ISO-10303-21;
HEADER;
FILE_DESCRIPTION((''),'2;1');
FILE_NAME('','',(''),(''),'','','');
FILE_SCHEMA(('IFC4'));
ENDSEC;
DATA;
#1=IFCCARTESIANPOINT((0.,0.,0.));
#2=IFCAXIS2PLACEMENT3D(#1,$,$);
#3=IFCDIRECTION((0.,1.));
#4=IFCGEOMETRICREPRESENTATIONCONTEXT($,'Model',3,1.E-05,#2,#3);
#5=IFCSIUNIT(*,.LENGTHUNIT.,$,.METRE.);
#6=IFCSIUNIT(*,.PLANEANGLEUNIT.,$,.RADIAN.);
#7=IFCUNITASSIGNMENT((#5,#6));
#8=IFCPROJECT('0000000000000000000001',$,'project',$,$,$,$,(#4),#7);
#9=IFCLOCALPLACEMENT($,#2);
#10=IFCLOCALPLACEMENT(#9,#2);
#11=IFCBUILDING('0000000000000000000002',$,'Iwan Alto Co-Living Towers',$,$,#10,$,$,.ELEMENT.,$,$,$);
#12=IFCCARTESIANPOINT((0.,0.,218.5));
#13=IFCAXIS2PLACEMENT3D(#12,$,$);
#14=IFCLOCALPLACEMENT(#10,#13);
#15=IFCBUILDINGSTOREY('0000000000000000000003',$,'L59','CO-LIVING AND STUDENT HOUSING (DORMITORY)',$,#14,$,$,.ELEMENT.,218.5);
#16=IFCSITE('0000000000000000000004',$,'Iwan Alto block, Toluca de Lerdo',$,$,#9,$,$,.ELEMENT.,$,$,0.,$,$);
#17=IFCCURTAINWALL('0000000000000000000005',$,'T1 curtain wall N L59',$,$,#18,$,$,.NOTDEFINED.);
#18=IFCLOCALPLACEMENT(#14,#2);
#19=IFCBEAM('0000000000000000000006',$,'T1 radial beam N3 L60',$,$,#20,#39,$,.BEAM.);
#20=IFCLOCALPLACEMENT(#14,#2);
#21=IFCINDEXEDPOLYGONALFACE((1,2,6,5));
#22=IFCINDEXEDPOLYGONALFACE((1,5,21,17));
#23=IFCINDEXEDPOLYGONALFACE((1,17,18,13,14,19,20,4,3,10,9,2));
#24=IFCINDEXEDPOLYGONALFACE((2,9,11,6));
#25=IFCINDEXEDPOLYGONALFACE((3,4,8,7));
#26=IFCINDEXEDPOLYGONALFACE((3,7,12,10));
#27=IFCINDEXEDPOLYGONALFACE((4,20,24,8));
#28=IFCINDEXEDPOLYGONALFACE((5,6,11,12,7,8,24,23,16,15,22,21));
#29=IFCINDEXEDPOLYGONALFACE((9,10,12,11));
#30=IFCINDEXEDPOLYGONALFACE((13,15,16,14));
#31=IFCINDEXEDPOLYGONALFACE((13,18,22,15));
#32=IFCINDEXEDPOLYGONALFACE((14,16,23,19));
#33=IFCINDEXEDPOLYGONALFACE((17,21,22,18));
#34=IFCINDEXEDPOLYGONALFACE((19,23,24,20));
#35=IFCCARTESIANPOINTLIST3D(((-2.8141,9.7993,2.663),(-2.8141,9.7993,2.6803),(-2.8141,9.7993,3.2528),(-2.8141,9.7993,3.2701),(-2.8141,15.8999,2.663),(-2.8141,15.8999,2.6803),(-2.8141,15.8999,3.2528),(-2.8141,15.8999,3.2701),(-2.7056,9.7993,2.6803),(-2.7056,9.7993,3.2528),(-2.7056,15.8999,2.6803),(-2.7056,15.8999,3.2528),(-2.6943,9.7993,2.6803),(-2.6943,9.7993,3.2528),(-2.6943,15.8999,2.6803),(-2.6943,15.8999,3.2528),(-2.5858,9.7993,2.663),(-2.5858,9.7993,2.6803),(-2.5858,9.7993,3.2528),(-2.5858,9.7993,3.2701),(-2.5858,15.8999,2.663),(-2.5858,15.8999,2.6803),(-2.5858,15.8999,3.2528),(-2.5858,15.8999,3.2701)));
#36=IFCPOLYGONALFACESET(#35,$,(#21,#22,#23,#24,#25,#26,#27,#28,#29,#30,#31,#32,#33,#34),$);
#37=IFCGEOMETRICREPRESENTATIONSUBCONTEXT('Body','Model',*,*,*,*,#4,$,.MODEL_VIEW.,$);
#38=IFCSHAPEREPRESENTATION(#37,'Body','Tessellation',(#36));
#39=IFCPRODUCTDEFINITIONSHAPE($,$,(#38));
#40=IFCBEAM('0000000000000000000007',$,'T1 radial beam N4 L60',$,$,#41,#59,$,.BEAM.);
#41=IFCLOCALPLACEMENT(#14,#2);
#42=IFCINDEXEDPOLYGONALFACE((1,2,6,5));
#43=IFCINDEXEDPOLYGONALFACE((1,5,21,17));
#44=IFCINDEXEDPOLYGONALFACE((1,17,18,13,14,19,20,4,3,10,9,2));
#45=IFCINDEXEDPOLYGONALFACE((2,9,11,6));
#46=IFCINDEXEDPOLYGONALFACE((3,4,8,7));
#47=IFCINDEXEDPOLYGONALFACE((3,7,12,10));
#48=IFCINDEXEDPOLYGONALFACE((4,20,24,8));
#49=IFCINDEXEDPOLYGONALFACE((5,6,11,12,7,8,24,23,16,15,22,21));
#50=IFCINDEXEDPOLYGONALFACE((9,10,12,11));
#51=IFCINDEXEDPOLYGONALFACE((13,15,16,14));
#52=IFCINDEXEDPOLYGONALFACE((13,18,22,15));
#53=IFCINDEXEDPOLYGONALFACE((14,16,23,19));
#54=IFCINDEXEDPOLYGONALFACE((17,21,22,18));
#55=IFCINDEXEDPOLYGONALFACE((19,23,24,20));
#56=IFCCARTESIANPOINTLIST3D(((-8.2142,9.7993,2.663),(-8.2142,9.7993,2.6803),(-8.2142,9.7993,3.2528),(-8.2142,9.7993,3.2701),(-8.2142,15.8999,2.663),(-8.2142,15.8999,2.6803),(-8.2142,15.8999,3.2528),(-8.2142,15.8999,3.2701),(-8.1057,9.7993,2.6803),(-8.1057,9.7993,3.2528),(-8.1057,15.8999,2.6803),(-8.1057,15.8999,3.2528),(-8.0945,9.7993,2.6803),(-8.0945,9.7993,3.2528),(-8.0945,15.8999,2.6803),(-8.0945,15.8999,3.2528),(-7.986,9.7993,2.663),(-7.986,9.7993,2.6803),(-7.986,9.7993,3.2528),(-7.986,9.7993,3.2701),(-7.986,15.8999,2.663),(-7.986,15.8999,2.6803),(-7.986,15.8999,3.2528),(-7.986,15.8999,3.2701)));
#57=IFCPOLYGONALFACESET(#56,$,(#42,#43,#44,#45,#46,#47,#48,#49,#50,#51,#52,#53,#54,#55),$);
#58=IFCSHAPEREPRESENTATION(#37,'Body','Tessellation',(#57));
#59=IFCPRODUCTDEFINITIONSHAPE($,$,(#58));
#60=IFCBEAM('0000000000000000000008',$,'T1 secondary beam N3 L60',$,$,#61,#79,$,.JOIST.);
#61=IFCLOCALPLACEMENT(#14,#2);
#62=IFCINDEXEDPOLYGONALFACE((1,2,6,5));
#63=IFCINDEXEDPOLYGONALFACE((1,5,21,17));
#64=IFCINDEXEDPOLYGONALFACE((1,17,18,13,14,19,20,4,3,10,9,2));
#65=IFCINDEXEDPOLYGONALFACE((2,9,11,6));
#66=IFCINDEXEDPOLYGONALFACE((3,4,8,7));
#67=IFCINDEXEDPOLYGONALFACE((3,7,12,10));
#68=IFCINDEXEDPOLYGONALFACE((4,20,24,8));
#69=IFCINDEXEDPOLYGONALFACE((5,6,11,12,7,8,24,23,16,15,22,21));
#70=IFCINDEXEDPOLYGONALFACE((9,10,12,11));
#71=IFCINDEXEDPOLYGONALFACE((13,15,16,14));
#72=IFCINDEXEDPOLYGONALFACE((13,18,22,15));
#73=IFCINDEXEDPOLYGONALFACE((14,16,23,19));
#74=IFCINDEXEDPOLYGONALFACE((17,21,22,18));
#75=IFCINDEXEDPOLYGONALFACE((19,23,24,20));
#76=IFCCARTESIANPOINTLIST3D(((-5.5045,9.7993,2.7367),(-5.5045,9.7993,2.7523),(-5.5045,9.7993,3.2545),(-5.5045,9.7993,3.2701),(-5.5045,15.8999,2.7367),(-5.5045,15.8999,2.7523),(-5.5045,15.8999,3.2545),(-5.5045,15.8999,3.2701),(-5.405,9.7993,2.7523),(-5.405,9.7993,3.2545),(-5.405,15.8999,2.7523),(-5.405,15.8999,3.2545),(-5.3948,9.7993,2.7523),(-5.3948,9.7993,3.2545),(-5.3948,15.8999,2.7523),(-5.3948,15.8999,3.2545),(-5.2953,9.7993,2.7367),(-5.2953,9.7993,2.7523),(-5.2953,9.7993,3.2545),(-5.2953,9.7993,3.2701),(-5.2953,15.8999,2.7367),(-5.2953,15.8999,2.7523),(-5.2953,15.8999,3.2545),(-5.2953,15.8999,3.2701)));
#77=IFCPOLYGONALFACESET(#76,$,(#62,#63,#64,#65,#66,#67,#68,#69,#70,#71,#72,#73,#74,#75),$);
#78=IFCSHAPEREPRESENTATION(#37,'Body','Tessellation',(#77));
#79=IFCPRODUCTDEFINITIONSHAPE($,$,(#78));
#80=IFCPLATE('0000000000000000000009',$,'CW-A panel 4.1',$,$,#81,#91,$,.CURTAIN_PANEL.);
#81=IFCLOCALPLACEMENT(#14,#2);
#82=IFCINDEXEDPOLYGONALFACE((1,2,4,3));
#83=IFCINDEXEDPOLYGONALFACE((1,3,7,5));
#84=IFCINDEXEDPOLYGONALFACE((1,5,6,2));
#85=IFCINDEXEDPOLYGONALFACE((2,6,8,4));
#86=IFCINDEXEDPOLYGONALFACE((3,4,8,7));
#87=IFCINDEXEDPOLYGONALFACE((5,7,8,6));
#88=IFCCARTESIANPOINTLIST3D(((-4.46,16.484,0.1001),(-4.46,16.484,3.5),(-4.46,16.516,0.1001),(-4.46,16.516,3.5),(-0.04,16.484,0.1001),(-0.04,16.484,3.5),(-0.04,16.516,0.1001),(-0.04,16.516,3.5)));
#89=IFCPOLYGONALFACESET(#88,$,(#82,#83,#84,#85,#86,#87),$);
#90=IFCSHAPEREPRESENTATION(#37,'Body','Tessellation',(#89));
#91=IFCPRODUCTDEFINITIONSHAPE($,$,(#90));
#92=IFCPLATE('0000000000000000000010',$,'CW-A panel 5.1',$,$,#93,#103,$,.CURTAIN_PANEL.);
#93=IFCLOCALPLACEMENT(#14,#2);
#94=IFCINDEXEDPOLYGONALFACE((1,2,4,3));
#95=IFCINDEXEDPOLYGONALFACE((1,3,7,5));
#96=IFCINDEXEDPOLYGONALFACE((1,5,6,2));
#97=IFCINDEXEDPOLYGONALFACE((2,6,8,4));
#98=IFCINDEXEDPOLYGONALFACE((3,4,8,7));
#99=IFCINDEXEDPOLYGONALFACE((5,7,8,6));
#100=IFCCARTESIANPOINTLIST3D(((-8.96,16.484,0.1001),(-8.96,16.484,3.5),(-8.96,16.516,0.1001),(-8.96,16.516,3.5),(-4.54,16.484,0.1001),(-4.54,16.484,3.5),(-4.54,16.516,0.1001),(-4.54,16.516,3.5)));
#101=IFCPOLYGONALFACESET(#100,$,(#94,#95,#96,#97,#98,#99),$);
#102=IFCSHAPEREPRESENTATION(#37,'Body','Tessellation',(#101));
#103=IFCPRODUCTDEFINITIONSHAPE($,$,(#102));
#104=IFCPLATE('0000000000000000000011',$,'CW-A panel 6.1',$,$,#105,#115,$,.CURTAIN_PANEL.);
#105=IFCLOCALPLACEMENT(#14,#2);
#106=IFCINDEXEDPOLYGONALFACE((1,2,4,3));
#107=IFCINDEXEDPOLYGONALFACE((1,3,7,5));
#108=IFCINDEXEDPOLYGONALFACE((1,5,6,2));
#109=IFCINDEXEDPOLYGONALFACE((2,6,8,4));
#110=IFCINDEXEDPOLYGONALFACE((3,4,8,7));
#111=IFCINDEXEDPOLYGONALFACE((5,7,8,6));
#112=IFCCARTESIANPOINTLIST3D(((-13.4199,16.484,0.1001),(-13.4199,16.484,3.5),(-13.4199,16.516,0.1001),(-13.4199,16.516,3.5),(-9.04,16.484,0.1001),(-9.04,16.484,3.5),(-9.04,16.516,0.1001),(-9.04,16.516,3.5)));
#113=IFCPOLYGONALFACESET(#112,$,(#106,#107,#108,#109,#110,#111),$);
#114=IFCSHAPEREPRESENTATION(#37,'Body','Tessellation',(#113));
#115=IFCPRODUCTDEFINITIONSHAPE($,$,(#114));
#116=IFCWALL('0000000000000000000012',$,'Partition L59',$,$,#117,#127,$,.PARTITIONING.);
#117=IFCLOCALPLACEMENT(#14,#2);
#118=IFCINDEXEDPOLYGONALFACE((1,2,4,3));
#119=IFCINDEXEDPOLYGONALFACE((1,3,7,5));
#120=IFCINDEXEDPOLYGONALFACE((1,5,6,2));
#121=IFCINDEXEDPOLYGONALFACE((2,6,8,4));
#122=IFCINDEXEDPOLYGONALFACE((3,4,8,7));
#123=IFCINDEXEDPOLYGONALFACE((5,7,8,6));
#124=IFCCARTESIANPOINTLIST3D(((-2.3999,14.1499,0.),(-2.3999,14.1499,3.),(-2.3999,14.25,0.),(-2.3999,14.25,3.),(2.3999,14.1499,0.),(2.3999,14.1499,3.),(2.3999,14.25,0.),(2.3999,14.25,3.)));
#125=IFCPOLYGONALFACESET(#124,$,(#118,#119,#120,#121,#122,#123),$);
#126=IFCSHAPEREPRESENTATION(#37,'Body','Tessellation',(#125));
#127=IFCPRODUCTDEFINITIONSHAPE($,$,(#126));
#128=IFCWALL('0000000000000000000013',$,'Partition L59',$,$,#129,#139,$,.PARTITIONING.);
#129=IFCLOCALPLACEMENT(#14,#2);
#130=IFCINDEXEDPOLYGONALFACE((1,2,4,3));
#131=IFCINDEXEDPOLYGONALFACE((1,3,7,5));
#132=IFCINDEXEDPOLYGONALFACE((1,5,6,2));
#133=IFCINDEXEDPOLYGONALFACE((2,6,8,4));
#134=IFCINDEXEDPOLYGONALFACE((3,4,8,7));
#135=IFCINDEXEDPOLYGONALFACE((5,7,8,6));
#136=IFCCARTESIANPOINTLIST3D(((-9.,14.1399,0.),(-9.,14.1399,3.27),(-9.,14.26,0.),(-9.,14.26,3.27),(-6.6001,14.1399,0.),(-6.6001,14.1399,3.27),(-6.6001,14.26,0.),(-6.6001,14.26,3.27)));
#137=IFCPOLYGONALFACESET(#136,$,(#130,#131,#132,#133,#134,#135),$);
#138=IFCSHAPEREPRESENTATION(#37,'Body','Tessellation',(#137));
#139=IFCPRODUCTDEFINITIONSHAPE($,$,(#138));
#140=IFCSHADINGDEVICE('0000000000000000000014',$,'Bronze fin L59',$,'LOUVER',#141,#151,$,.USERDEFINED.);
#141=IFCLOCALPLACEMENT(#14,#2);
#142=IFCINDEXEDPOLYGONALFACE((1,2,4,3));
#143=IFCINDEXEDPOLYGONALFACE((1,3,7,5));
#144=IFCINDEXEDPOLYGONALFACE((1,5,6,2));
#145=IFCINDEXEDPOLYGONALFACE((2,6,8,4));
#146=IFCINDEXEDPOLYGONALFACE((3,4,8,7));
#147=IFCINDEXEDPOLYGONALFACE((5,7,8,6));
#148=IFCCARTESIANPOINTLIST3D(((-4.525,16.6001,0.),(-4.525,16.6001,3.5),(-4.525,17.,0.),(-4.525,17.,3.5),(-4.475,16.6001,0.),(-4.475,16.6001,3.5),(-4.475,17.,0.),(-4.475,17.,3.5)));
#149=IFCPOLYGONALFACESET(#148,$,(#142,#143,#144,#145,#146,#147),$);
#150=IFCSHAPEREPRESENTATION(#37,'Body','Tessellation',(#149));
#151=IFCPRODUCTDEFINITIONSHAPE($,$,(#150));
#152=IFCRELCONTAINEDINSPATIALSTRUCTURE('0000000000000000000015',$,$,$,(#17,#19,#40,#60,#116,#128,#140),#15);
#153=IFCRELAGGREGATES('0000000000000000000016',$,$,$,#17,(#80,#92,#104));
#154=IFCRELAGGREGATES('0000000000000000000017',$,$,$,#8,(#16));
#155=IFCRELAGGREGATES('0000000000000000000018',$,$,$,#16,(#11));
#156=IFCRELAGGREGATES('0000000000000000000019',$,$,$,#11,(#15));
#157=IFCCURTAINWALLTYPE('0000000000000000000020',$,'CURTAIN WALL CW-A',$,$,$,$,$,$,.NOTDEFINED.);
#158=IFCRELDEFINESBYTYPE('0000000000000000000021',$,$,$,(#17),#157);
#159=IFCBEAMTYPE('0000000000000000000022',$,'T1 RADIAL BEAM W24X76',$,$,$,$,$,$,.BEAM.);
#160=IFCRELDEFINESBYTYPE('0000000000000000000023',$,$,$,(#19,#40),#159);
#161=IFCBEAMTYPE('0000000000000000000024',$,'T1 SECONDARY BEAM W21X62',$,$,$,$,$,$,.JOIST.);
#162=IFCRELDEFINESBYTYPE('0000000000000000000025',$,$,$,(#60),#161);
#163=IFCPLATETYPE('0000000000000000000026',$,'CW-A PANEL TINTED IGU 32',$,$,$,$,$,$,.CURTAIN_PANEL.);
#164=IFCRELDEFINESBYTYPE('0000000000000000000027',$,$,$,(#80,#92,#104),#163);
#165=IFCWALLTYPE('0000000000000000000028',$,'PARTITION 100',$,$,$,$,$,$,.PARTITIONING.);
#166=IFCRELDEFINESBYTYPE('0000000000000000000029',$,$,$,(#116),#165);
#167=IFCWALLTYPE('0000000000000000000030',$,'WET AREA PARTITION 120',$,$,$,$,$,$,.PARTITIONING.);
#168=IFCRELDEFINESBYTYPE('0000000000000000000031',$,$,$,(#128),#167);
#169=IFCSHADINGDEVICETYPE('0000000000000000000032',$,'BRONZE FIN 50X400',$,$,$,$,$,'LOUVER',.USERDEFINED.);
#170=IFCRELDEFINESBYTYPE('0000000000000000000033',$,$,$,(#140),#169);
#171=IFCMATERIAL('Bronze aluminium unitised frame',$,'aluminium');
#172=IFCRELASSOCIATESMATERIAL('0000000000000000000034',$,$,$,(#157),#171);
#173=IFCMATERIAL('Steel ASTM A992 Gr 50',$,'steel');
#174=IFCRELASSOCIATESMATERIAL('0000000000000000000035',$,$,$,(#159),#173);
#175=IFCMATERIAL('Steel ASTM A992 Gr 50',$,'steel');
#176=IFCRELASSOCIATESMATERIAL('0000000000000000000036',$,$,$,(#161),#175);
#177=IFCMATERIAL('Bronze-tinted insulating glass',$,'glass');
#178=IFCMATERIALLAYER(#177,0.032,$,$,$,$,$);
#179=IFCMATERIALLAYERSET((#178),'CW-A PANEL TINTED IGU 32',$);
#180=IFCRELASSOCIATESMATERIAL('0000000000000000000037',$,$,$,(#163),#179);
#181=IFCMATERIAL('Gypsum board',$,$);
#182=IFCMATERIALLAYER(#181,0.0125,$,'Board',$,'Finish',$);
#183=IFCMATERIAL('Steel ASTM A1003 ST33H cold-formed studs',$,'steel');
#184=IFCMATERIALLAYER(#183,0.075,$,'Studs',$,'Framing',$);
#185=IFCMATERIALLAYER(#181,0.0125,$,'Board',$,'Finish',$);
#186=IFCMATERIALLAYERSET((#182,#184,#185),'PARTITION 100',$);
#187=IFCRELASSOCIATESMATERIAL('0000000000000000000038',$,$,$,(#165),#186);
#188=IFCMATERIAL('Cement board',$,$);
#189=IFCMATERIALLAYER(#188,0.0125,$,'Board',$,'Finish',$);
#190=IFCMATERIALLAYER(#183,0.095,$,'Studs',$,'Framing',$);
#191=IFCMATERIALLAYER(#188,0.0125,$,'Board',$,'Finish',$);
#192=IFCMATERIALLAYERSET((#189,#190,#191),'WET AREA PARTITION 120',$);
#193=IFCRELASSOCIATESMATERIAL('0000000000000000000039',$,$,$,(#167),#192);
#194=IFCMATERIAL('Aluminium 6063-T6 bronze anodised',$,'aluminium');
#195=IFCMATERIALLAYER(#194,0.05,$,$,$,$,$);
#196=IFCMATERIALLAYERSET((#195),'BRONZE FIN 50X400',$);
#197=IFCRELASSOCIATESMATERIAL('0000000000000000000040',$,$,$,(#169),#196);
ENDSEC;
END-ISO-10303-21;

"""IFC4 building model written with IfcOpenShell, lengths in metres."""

from ifc_helpers import new_model, si_unit, direction, frame, frame_2d, origin, origin_2d, place, context, subcontext, project, spatial, rectangle, i_section, extrude, material, layer, layer_set, material_profile, profile_set, type_object, element, aggregate, save


model = new_model("IFC4")

# Units and contexts
model_context = context("Model", 3, precision=1e-05, world=origin(), true_north=direction((0.0, 1.0)))
body_context = subcontext(model_context, "Body", "Model", "MODEL_VIEW")
ifc_project = project(units=[si_unit("LENGTHUNIT", "METRE"), si_unit("PLANEANGLEUNIT", "RADIAN")], contexts=[model_context])

# Site, building, storey
site_placement = place(None, origin())
site = spatial("IfcSite", under=ifc_project, at=site_placement, Name="Iwan Alto block, Toluca de Lerdo", CompositionType="ELEMENT", RefElevation=0.0)
building_placement = place(site_placement, origin())
building = spatial("IfcBuilding", under=site, at=building_placement, Name="Iwan Alto Co-Living Towers", CompositionType="ELEMENT")
storey_placement = place(building_placement, frame((0.0, 0.0, 218.5)))
storey = spatial("IfcBuildingStorey", under=building, at=storey_placement, Name="L59", Description="CO-LIVING AND STUDENT HOUSING (DORMITORY)", CompositionType="ELEMENT", Elevation=218.5)

# Curtain wall
ifc_material_1 = material(Name="Bronze aluminium unitised frame", Category="aluminium")
curtain_wall_type = type_object("IfcCurtainWallType", Name="CURTAIN WALL CW-A", PredefinedType="NOTDEFINED", material=ifc_material_1)
curtain_wall_placement = place(storey_placement, origin())
curtain_wall = element("IfcCurtainWall", 1, at=curtain_wall_placement, inside=storey, type_object=curtain_wall_type, Name="T1 curtain wall N L59", PredefinedType="NOTDEFINED")

# Beams
ifc_material_2 = material(Name="Steel ASTM A992 Gr 50", Category="steel")
ifc_material_profile_1 = material_profile(ifc_material_2, i_section(OverallWidth=0.2283, OverallDepth=0.6072, WebThickness=0.0112, FlangeThickness=0.0173, at=origin_2d()), Name="W24X76")
ifc_profile_set_1 = profile_set([ifc_material_profile_1], Name="Steel ASTM A992 Gr 50")
beam_type_1 = type_object("IfcBeamType", Name="T1 RADIAL BEAM W24X76", PredefinedType="BEAM", material=ifc_profile_set_1)
for number, where, z_axis, x_axis, name in (
    (2, (-2.7, 15.8999, 2.9666), (0.0, -1.0, 0.0), (1.0, 0.0, 0.0), "T1 radial beam N3 L60"),
    (3, (-8.1001, 15.8999, 2.9666), (0.0, -1.0, 0.0), (1.0, 0.0, 0.0), "T1 radial beam N4 L60"),
):
    element("IfcBeam", number, at=place(storey_placement, frame(where, z_axis=z_axis, x_axis=x_axis)), inside=storey, type_object=beam_type_1, Name=name, PredefinedType="BEAM", context=body_context, shape_type="SweptSolid", body=[
        extrude(i_section(OverallWidth=0.2283, OverallDepth=0.6072, WebThickness=0.0112, FlangeThickness=0.0173, at=origin_2d()), origin(), (0.0, 0.0, 1.0), 6.1006),
    ])
ifc_material_3 = material(Name="Steel ASTM A992 Gr 50", Category="steel")
ifc_material_profile_2 = material_profile(ifc_material_3, i_section(OverallWidth=0.2092, OverallDepth=0.5334, WebThickness=0.0103, FlangeThickness=0.0156, at=origin_2d()), Name="W21X62")
ifc_profile_set_2 = profile_set([ifc_material_profile_2], Name="Steel ASTM A992 Gr 50")
beam_type_2 = type_object("IfcBeamType", Name="T1 SECONDARY BEAM W21X62", PredefinedType="JOIST", material=ifc_profile_set_2)
beam_1_placement = place(storey_placement, frame((-5.3999, 15.8999, 3.0034), z_axis=(0.0, -1.0, 0.0), x_axis=(1.0, 0.0, 0.0)))
element("IfcBeam", 4, at=beam_1_placement, inside=storey, type_object=beam_type_2, Name="T1 secondary beam N3 L60", PredefinedType="JOIST", context=body_context, shape_type="SweptSolid", body=[
    extrude(i_section(OverallWidth=0.2092, OverallDepth=0.5334, WebThickness=0.0103, FlangeThickness=0.0156, at=origin_2d()), origin(), (0.0, 0.0, 1.0), 6.1006),
])

# Plates
ifc_material_4 = material(Name="Bronze-tinted insulating glass", Category="glass")
ifc_layer_1 = layer(ifc_material_4, 0.032)
ifc_layer_set_1 = layer_set([ifc_layer_1], Name="CW-A PANEL TINTED IGU 32")
plate_type = type_object("IfcPlateType", Name="CW-A PANEL TINTED IGU 32", PredefinedType="CURTAIN_PANEL", material=ifc_layer_set_1)
plate_1_placement = place(storey_placement, frame((-2.25, 16.5, 0.1001), z_axis=(0.0, 0.0, 1.0), x_axis=(-1.0, 0.0, 0.0)))
plate_1 = element("IfcPlate", 5, at=plate_1_placement, type_object=plate_type, Name="CW-A panel 4.1", PredefinedType="CURTAIN_PANEL", context=body_context, shape_type="SweptSolid", body=[
    extrude(rectangle(XDim=4.4199, YDim=0.032, at=origin_2d()), origin(), (0.0, 0.0, 1.0), 3.3999),
])
plate_2_placement = place(storey_placement, frame((-6.75, 16.5, 0.1001), z_axis=(0.0, 0.0, 1.0), x_axis=(-1.0, 0.0, 0.0)))
plate_2 = element("IfcPlate", 6, at=plate_2_placement, type_object=plate_type, Name="CW-A panel 5.1", PredefinedType="CURTAIN_PANEL", context=body_context, shape_type="SweptSolid", body=[
    extrude(rectangle(XDim=4.4199, YDim=0.032, at=origin_2d()), origin(), (0.0, 0.0, 1.0), 3.3999),
])
plate_3_placement = place(storey_placement, frame((-11.23, 16.5, 0.1001), z_axis=(0.0, 0.0, 1.0), x_axis=(-1.0, 0.0, 0.0)))
plate_3 = element("IfcPlate", 7, at=plate_3_placement, type_object=plate_type, Name="CW-A panel 6.1", PredefinedType="CURTAIN_PANEL", context=body_context, shape_type="SweptSolid", body=[
    extrude(rectangle(XDim=4.3799, YDim=0.032, at=origin_2d()), origin(), (0.0, 0.0, 1.0), 3.3999),
])
aggregate(curtain_wall, [plate_1, plate_2, plate_3])

# Walls
ifc_material_5 = material(Name="Gypsum board")
ifc_layer_2 = layer(ifc_material_5, 0.0125, Name="Board", Category="Finish")
ifc_material_6 = material(Name="Steel ASTM A1003 ST33H cold-formed studs", Category="steel")
ifc_layer_3 = layer(ifc_material_6, 0.075, Name="Studs", Category="Framing")
ifc_layer_4 = layer(ifc_material_5, 0.0125, Name="Board", Category="Finish")
ifc_layer_set_2 = layer_set([ifc_layer_2, ifc_layer_3, ifc_layer_4], Name="PARTITION 100")
wall_type_1 = type_object("IfcWallType", Name="PARTITION 100", PredefinedType="PARTITIONING", material=ifc_layer_set_2)
wall_1_placement = place(storey_placement, frame((-2.3999, 14.2, 0.0), z_axis=(0.0, 0.0, 1.0), x_axis=(1.0, 0.0, 0.0)))
element("IfcWall", 8, at=wall_1_placement, inside=storey, type_object=wall_type_1, Name="Partition L59", PredefinedType="PARTITIONING", context=body_context, shape_type="SweptSolid", body=[
    extrude(rectangle(XDim=4.7998, YDim=0.1001, at=frame_2d((2.3999, 0.0))), origin(), (0.0, 0.0, 1.0), 3.0),
])
ifc_material_7 = material(Name="Cement board")
ifc_layer_5 = layer(ifc_material_7, 0.0125, Name="Board", Category="Finish")
ifc_layer_6 = layer(ifc_material_6, 0.095, Name="Studs", Category="Framing")
ifc_layer_7 = layer(ifc_material_7, 0.0125, Name="Board", Category="Finish")
ifc_layer_set_3 = layer_set([ifc_layer_5, ifc_layer_6, ifc_layer_7], Name="WET AREA PARTITION 120")
wall_type_2 = type_object("IfcWallType", Name="WET AREA PARTITION 120", PredefinedType="PARTITIONING", material=ifc_layer_set_3)
wall_2_placement = place(storey_placement, frame((-9.0, 14.2, 0.0), z_axis=(0.0, 0.0, 1.0), x_axis=(1.0, 0.0, 0.0)))
element("IfcWall", 9, at=wall_2_placement, inside=storey, type_object=wall_type_2, Name="Partition L59", PredefinedType="PARTITIONING", context=body_context, shape_type="SweptSolid", body=[
    extrude(rectangle(XDim=2.3999, YDim=0.1201, at=frame_2d((1.2, 0.0))), origin(), (0.0, 0.0, 1.0), 3.27),
])

# Shading device
ifc_material_8 = material(Name="Aluminium 6063-T6 bronze anodised", Category="aluminium")
ifc_layer_8 = layer(ifc_material_8, 0.05)
ifc_layer_set_4 = layer_set([ifc_layer_8], Name="BRONZE FIN 50X400")
shading_device_type = type_object("IfcShadingDeviceType", Name="BRONZE FIN 50X400", ElementType="LOUVER", PredefinedType="USERDEFINED", material=ifc_layer_set_4)
shading_device_placement = place(storey_placement, frame((-4.5, 16.8, 0.0), z_axis=(0.0, 0.0, 1.0), x_axis=(-1.0, 0.0, 0.0)))
element("IfcShadingDevice", 10, at=shading_device_placement, inside=storey, type_object=shading_device_type, Name="Bronze fin L59", ObjectType="LOUVER", PredefinedType="USERDEFINED", context=body_context, shape_type="SweptSolid", body=[
    extrude(rectangle(XDim=0.05, YDim=0.3999, at=origin_2d()), origin(), (0.0, 0.0, 1.0), 3.5),
])

save(model, "model.ifc")
